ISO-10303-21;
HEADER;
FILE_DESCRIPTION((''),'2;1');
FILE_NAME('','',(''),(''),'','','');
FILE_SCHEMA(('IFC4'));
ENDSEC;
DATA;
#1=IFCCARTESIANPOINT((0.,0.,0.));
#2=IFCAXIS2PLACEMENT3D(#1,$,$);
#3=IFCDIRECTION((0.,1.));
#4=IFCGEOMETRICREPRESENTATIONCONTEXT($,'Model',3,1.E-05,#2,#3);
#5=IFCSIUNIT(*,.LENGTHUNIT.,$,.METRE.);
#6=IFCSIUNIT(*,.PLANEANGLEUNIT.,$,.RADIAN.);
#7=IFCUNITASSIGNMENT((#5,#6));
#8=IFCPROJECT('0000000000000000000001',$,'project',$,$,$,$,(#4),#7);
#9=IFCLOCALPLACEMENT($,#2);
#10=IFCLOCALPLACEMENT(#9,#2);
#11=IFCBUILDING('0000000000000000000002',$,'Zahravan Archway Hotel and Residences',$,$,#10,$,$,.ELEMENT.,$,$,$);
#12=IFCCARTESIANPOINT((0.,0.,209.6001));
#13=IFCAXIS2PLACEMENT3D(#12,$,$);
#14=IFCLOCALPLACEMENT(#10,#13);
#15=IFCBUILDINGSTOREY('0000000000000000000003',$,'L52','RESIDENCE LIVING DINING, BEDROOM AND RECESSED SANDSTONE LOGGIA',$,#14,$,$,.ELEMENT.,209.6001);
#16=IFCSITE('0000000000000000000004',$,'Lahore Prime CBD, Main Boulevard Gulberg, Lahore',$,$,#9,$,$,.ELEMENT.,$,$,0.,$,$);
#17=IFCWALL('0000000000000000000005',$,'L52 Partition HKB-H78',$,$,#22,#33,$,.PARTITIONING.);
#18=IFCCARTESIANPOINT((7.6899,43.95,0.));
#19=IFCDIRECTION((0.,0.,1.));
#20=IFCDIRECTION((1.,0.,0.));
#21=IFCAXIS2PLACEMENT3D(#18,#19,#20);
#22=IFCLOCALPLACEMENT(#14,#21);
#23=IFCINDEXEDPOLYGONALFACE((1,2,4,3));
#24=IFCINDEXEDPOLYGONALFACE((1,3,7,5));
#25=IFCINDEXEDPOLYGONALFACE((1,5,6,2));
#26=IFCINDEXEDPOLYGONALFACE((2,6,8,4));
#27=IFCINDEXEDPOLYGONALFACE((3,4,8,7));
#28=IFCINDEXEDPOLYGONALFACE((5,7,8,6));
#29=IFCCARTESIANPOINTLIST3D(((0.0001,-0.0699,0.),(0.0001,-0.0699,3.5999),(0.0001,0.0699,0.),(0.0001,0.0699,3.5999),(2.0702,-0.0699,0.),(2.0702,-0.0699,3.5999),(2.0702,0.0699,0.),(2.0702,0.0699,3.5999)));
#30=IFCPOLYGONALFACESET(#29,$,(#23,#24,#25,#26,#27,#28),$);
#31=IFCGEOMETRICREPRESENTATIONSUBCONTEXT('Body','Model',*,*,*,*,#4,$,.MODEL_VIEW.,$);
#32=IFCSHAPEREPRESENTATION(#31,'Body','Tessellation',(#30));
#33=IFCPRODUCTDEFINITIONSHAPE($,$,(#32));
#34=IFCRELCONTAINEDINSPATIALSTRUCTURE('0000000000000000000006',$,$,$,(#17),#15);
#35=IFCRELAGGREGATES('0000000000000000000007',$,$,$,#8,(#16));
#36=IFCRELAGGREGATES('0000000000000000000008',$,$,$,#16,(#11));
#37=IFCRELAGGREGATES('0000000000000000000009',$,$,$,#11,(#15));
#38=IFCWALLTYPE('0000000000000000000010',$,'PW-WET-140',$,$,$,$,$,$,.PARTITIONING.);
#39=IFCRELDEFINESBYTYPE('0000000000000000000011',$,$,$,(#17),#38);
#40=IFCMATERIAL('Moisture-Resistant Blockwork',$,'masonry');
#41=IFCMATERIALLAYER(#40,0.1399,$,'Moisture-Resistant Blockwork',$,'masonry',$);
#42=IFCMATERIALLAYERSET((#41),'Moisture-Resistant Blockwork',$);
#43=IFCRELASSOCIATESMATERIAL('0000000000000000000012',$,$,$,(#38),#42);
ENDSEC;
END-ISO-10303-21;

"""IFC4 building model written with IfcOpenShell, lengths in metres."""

from ifc_helpers import new_model, si_unit, direction, frame, frame_2d, origin, place, context, subcontext, project, spatial, rectangle, extrude, material, layer, layer_set, type_object, element, save


model = new_model("IFC4")

# Units and contexts
model_context = context("Model", 3, precision=1e-05, world=origin(), true_north=direction((0.0, 1.0)))
body_context = subcontext(model_context, "Body", "Model", "MODEL_VIEW")
ifc_project = project(units=[si_unit("LENGTHUNIT", "METRE"), si_unit("PLANEANGLEUNIT", "RADIAN")], contexts=[model_context])

# Site, building, storey
site_placement = place(None, origin())
site = spatial("IfcSite", under=ifc_project, at=site_placement, Name="Lahore Prime CBD, Main Boulevard Gulberg, Lahore", CompositionType="ELEMENT", RefElevation=0.0)
building_placement = place(site_placement, origin())
building = spatial("IfcBuilding", under=site, at=building_placement, Name="Zahravan Archway Hotel and Residences", CompositionType="ELEMENT")
storey_placement = place(building_placement, frame((0.0, 0.0, 209.6001)))
storey = spatial("IfcBuildingStorey", under=building, at=storey_placement, Name="L52", Description="RESIDENCE LIVING DINING, BEDROOM AND RECESSED SANDSTONE LOGGIA", CompositionType="ELEMENT", Elevation=209.6001)

# Wall
ifc_material_1 = material(Name="Moisture-Resistant Blockwork", Category="masonry")
ifc_layer_1 = layer(ifc_material_1, 0.1399, Name="Moisture-Resistant Blockwork", Category="masonry")
ifc_layer_set_1 = layer_set([ifc_layer_1], Name="Moisture-Resistant Blockwork")
wall_type_1 = type_object("IfcWallType", Name="PW-WET-140", PredefinedType="PARTITIONING", material=ifc_layer_set_1)
wall_1_placement = place(storey_placement, frame((7.6899, 43.95, 0.0), z_axis=(0.0, 0.0, 1.0), x_axis=(1.0, 0.0, 0.0)))
element("IfcWall", 1, at=wall_1_placement, inside=storey, type_object=wall_type_1, Name="L52 Partition HKB-H78", PredefinedType="PARTITIONING", context=body_context, shape_type="SweptSolid", body=[
    extrude(rectangle(XDim=2.0701, YDim=0.1399, at=frame_2d((1.0352, 0.0))), origin(), (0.0, 0.0, 1.0), 3.5999),
])

save(model, "model.ifc")
